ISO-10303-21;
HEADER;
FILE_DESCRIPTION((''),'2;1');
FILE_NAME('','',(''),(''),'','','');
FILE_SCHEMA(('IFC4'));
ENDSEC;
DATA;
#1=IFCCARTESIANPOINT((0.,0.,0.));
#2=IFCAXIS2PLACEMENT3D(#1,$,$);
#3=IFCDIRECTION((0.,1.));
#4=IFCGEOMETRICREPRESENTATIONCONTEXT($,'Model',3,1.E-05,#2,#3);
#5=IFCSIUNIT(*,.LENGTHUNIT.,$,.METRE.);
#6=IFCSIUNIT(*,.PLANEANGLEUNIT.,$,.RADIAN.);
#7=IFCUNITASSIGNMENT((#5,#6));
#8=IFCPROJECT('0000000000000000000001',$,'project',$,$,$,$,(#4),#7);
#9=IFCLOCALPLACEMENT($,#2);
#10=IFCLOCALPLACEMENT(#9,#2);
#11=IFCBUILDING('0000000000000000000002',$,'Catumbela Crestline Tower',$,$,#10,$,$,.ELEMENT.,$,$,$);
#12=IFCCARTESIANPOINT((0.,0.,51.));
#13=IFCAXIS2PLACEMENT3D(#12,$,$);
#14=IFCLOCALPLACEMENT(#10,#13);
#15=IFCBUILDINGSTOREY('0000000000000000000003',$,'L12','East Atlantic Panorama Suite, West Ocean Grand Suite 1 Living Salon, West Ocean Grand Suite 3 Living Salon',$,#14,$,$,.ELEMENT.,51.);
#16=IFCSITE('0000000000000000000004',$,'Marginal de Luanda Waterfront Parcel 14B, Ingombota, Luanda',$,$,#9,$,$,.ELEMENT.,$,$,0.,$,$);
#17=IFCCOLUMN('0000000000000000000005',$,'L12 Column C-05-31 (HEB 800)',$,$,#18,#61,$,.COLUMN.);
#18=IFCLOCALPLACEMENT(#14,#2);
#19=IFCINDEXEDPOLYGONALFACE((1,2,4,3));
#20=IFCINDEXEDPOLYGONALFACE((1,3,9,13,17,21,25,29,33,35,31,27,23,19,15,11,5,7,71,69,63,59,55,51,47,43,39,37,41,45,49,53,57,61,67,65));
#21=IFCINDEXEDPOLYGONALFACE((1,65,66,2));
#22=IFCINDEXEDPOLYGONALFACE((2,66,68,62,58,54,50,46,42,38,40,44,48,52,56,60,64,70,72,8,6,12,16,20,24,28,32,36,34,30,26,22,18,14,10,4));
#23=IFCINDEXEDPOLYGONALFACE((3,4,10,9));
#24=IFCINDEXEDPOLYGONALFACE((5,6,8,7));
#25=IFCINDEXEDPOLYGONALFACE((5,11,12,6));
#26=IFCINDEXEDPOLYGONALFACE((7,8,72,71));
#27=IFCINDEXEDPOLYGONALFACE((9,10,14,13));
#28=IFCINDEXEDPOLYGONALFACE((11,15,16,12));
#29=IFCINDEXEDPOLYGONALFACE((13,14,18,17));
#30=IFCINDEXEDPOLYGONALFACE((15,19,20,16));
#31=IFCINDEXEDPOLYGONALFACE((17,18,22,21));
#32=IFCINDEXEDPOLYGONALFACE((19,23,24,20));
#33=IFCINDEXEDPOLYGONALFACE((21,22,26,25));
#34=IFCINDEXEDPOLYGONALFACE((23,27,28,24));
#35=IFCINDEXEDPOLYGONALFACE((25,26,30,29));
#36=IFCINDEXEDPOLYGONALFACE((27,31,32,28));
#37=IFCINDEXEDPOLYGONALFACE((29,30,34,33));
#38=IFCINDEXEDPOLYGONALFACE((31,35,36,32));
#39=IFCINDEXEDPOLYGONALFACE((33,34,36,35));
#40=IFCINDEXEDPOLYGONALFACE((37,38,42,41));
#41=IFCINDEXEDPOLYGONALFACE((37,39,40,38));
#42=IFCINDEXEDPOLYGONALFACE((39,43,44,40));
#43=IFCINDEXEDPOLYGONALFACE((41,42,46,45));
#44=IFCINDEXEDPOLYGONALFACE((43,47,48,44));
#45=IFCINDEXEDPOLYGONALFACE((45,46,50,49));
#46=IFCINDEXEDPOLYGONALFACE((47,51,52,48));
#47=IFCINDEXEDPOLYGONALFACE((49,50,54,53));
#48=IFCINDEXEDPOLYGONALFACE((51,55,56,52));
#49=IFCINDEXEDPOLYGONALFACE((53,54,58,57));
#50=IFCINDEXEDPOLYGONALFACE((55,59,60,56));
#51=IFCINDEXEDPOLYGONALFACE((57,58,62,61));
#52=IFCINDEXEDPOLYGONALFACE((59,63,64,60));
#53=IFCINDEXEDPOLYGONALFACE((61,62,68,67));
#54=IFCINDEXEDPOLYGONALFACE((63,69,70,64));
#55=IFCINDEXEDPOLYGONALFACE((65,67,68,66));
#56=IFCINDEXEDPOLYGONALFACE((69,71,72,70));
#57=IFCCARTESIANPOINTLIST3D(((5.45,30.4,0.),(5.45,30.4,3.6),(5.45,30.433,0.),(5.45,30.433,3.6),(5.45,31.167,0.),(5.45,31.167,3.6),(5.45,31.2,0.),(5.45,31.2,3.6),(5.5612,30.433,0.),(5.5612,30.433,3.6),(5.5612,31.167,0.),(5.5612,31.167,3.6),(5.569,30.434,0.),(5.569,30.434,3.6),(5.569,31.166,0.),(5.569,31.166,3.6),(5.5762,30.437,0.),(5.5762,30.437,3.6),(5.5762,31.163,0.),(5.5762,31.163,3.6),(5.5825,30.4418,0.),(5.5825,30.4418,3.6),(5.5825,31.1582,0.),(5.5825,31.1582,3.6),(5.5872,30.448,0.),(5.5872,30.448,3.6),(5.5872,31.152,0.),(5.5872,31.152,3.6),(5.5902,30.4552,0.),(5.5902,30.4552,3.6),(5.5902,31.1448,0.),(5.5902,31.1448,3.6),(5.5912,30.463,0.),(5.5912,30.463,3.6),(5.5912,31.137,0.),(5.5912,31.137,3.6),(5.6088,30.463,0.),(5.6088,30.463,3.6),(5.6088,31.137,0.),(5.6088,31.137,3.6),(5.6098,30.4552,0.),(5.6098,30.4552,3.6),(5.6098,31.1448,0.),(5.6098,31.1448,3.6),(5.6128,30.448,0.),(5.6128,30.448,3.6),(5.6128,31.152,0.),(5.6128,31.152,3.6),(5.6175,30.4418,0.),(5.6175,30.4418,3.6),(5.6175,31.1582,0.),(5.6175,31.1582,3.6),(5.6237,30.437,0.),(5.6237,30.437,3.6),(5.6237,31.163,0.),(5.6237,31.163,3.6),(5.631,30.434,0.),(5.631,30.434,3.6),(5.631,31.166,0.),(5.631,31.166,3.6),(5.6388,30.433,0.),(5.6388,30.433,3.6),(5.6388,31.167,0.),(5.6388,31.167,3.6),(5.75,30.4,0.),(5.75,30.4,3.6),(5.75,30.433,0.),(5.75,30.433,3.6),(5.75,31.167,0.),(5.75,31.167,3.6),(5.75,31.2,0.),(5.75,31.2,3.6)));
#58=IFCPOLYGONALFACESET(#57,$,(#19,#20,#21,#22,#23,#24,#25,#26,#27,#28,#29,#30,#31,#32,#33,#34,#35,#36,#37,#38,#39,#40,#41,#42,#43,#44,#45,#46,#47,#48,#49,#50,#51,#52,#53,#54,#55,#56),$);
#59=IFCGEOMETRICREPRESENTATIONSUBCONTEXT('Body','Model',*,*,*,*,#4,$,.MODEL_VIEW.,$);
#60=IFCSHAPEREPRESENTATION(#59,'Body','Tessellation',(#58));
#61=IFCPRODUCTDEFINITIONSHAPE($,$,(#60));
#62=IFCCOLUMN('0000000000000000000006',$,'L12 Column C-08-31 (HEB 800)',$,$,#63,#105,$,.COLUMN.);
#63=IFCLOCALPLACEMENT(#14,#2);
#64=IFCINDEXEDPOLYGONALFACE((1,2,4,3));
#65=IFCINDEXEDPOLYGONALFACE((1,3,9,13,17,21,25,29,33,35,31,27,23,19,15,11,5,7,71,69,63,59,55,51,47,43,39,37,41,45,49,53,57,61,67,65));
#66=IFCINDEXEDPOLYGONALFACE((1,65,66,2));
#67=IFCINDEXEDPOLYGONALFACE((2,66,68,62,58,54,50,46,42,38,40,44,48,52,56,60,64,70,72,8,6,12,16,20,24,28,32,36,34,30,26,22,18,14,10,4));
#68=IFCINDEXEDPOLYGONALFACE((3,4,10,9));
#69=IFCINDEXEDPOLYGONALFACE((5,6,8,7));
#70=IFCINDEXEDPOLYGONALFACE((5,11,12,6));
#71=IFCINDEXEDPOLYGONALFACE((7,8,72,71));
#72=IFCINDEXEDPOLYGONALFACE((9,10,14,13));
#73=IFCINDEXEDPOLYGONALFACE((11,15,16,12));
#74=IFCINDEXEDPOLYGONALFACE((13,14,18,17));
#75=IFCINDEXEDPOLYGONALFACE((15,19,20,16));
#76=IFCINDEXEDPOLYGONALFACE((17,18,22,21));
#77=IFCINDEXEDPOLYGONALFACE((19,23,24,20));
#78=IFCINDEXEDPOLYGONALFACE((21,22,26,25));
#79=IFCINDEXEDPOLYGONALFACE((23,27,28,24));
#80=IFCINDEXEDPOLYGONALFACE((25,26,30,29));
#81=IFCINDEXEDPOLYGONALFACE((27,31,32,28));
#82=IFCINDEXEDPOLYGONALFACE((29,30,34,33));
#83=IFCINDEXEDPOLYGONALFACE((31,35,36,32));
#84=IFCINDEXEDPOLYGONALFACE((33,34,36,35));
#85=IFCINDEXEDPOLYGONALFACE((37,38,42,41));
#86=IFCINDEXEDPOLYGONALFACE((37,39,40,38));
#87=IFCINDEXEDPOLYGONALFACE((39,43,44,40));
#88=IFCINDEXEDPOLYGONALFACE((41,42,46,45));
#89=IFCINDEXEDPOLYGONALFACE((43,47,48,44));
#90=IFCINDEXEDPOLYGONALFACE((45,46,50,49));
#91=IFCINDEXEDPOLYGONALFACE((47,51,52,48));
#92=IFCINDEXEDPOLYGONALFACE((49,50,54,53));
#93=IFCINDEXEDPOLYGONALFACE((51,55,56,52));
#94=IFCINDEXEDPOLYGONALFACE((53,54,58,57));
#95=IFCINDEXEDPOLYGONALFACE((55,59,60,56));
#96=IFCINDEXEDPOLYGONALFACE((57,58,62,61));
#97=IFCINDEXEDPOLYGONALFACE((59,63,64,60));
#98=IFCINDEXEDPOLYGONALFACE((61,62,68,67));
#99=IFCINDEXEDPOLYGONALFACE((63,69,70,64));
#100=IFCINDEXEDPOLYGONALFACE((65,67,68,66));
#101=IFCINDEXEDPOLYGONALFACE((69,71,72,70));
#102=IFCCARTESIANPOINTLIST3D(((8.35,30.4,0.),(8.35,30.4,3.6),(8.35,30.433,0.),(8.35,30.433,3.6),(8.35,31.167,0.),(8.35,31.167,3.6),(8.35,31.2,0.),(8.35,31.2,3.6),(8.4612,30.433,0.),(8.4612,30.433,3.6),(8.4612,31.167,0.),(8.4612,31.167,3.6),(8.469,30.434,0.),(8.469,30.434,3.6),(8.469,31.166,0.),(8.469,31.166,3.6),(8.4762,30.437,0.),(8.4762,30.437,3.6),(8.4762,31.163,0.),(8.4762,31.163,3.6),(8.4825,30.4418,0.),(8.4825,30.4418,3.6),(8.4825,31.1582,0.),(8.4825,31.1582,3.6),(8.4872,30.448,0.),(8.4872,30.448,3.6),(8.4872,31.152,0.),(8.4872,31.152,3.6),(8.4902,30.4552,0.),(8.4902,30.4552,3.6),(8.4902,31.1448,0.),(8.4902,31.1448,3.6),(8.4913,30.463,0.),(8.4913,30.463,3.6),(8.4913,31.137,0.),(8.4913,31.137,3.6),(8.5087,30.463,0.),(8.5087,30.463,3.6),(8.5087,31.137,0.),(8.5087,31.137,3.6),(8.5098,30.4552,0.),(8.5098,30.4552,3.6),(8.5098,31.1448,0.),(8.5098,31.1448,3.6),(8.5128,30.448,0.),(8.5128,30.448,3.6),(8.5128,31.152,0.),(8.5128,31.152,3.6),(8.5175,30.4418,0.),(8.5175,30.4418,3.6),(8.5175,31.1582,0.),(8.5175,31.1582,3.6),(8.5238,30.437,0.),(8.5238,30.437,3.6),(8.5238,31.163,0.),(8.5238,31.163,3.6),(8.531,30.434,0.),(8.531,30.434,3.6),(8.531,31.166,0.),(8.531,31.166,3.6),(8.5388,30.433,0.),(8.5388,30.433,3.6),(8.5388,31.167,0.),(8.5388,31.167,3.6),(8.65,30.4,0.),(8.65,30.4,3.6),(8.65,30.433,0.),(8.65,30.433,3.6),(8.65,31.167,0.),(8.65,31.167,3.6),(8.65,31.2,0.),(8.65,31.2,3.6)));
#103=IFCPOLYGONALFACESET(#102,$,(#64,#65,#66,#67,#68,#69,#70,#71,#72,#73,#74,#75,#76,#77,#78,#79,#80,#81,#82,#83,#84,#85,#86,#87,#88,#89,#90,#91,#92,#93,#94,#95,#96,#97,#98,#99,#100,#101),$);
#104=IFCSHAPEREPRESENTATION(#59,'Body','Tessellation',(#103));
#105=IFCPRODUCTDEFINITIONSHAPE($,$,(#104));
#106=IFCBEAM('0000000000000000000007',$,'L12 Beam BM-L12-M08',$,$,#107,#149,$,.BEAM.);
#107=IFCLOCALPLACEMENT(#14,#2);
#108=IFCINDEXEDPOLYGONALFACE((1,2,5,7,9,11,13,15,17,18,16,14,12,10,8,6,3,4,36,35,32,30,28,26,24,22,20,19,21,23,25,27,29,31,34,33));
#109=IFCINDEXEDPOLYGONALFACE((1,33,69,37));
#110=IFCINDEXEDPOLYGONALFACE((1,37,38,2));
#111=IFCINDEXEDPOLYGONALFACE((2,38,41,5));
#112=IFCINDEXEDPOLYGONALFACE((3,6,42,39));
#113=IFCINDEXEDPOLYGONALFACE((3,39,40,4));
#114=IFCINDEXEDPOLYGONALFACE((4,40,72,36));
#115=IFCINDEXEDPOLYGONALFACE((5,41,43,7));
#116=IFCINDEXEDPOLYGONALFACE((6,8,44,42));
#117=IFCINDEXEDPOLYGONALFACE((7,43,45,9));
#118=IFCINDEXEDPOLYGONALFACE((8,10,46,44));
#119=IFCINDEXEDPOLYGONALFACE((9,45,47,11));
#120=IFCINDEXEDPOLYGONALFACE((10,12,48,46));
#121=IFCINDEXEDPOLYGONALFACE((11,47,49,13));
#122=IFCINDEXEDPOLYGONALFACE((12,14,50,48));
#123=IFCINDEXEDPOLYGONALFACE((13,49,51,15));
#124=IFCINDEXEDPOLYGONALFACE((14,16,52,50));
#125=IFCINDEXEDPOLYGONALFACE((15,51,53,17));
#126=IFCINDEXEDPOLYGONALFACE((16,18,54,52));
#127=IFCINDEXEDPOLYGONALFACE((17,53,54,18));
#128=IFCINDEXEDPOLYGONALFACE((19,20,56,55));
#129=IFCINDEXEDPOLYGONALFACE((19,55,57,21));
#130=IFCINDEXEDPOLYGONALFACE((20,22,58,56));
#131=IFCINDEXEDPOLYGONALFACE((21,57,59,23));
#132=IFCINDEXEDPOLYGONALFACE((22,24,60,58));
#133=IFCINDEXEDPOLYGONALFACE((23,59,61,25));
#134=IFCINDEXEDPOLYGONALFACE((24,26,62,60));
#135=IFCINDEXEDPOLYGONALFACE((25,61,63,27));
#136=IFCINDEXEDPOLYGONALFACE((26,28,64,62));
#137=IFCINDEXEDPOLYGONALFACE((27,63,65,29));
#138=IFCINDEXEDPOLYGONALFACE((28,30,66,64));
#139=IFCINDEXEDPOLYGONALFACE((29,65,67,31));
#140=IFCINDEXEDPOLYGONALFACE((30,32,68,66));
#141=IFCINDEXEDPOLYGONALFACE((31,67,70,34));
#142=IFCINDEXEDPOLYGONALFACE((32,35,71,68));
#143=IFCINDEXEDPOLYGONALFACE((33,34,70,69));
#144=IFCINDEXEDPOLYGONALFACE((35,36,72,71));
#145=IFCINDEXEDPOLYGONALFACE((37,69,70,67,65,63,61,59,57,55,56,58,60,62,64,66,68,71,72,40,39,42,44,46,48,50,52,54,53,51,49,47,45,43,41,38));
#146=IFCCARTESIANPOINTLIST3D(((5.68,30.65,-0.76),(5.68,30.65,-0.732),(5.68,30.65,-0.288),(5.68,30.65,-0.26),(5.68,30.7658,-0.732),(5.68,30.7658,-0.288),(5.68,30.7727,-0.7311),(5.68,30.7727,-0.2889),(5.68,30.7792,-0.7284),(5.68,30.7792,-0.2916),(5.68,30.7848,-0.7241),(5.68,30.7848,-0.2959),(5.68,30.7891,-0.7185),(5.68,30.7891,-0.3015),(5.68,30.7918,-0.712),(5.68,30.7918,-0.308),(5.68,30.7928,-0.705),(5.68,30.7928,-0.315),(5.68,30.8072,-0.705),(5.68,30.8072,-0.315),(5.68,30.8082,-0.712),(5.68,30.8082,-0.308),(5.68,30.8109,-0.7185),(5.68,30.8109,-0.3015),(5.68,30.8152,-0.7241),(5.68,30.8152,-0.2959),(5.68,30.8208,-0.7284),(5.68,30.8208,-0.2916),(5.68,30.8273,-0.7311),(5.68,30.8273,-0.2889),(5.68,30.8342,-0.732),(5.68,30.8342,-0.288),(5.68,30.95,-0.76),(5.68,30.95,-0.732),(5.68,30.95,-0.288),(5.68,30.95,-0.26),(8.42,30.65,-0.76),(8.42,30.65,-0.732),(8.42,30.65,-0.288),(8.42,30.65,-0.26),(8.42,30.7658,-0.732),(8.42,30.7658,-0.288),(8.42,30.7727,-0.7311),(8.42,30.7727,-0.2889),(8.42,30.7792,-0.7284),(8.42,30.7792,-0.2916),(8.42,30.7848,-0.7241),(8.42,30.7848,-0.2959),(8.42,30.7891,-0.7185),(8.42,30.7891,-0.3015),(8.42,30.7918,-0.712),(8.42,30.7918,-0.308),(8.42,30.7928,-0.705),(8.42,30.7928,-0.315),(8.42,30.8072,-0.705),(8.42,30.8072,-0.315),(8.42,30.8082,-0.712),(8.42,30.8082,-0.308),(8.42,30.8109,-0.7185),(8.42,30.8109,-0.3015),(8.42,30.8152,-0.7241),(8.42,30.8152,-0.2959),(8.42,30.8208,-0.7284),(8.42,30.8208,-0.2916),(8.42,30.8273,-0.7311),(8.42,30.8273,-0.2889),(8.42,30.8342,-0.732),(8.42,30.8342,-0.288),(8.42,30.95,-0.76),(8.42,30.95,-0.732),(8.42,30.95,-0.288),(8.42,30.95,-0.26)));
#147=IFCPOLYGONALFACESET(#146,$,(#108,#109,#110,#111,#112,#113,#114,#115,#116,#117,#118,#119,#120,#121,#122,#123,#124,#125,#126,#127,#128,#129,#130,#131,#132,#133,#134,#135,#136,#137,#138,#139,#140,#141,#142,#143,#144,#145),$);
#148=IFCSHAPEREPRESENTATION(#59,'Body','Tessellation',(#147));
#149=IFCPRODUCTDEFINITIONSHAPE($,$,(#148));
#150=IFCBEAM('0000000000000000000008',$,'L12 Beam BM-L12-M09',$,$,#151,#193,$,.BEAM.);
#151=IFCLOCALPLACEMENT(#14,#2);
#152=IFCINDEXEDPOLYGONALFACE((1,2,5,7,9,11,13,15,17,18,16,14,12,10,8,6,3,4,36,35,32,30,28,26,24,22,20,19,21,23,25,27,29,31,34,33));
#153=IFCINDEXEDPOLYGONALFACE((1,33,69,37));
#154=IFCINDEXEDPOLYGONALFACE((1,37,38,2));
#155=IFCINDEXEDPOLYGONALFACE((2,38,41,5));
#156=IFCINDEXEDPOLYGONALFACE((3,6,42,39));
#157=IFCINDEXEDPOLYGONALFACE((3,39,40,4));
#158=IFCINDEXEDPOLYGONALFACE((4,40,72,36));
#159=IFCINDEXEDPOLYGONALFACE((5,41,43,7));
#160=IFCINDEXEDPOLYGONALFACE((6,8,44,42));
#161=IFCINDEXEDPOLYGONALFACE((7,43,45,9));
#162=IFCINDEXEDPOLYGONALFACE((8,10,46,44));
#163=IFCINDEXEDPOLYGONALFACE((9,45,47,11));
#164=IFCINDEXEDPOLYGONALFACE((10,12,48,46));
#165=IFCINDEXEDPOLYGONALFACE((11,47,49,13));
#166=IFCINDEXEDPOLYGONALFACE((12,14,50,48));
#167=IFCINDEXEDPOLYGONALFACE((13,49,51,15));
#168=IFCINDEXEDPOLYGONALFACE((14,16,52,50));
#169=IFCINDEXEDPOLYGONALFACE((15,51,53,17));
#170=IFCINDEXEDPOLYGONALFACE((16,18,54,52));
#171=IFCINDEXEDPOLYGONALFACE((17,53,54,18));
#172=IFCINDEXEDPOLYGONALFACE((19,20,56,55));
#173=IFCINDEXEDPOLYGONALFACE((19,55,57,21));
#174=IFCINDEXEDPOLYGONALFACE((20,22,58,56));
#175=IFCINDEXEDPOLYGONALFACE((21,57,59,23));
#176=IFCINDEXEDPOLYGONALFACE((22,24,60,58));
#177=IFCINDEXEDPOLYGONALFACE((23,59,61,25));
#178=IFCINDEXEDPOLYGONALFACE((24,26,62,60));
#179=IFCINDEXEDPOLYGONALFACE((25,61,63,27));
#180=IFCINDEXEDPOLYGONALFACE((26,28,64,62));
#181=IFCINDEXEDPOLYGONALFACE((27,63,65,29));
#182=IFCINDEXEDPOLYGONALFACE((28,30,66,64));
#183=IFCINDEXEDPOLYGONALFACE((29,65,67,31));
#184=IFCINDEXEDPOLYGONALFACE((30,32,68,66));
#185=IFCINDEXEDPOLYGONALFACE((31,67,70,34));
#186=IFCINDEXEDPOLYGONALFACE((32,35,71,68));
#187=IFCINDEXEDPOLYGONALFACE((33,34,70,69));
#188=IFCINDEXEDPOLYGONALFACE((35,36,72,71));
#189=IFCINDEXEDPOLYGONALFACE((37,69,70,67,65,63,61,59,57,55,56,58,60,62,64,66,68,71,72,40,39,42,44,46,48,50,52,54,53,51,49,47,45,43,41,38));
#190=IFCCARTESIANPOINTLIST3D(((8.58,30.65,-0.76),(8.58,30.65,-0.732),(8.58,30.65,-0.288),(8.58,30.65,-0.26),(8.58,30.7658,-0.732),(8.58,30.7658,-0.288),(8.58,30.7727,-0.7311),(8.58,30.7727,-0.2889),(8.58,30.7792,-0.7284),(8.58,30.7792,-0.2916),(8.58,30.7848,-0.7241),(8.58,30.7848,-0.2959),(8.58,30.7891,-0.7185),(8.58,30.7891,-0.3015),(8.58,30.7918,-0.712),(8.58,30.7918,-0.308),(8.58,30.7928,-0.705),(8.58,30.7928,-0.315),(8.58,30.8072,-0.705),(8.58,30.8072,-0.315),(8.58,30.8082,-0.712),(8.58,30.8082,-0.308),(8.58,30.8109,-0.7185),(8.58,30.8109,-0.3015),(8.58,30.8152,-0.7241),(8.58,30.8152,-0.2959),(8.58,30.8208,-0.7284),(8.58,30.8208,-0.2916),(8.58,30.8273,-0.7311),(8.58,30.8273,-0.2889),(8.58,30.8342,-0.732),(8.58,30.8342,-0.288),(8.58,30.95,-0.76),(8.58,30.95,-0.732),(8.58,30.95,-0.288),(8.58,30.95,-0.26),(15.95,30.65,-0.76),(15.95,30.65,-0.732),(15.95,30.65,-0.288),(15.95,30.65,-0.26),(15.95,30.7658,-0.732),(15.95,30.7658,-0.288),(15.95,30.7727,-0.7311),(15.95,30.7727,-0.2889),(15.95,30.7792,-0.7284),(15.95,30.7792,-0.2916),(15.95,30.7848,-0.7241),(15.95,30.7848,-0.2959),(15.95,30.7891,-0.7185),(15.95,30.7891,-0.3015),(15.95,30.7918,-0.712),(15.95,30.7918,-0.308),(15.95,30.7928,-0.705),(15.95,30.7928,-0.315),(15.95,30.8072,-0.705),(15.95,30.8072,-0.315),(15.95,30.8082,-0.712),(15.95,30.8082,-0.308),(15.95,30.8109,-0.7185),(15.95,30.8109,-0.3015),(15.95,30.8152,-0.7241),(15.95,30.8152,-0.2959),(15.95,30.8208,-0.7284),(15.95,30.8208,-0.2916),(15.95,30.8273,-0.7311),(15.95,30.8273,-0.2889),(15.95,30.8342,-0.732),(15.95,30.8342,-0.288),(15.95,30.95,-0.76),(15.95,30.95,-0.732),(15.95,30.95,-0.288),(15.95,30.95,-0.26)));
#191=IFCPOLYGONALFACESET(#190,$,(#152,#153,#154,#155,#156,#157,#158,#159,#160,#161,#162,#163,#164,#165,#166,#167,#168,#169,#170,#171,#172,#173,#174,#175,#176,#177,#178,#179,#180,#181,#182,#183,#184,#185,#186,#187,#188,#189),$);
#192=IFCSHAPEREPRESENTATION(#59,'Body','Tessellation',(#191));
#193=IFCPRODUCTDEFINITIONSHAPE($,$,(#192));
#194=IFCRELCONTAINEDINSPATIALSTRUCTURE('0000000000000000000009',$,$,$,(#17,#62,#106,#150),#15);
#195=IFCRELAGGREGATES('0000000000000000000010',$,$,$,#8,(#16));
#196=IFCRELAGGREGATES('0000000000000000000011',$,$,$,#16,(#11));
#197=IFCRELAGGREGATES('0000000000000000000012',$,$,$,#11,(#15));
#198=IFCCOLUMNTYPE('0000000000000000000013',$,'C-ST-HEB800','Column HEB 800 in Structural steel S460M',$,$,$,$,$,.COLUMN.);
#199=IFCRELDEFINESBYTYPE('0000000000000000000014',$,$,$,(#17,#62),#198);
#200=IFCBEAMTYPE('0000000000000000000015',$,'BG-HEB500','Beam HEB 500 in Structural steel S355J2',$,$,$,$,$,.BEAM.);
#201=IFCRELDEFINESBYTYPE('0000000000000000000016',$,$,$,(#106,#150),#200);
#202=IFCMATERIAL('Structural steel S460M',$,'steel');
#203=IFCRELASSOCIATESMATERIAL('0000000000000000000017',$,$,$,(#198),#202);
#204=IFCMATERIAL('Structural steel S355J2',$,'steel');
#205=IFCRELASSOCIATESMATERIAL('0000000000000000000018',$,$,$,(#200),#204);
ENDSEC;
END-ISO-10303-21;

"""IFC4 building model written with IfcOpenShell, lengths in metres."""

from ifc_helpers import new_model, si_unit, direction, frame, origin, origin_2d, place, context, subcontext, project, spatial, i_section, extrude, material, material_profile, profile_set, type_object, element, save


model = new_model("IFC4")

# Units and contexts
model_context = context("Model", 3, precision=1e-05, world=origin(), true_north=direction((0.0, 1.0)))
body_context = subcontext(model_context, "Body", "Model", "MODEL_VIEW")
ifc_project = project(units=[si_unit("LENGTHUNIT", "METRE"), si_unit("PLANEANGLEUNIT", "RADIAN")], contexts=[model_context])

# Site, building, storey
site_placement = place(None, origin())
site = spatial("IfcSite", under=ifc_project, at=site_placement, Name="Marginal de Luanda Waterfront Parcel 14B, Ingombota, Luanda", CompositionType="ELEMENT", RefElevation=0.0)
building_placement = place(site_placement, origin())
building = spatial("IfcBuilding", under=site, at=building_placement, Name="Catumbela Crestline Tower", CompositionType="ELEMENT")
storey_placement = place(building_placement, frame((0.0, 0.0, 51.0)))
storey = spatial("IfcBuildingStorey", under=building, at=storey_placement, Name="L12", Description="East Atlantic Panorama Suite, West Ocean Grand Suite 1 Living Salon, West Ocean Grand Suite 3 Living Salon", CompositionType="ELEMENT", Elevation=51.0)

# Columns
ifc_material_1 = material(Name="Structural steel S460M", Category="steel")
ifc_material_profile_1 = material_profile(ifc_material_1, i_section(OverallWidth=0.3, OverallDepth=0.8, WebThickness=0.0175, FlangeThickness=0.033, FilletRadius=0.03, at=origin_2d()), Name="HEB 800")
ifc_profile_set_1 = profile_set([ifc_material_profile_1], Name="Structural steel S460M")
column_type = type_object("IfcColumnType", Name="C-ST-HEB800", Description="Column HEB 800 in Structural steel S460M", PredefinedType="COLUMN", material=ifc_profile_set_1)
for number, where, z_axis, x_axis, name in (
    (1, (5.6, 30.8, 0.0), (0.0, 0.0, 1.0), (1.0, 0.0, 0.0), "L12 Column C-05-31 (HEB 800)"),
    (2, (8.5, 30.8, 0.0), (0.0, 0.0, 1.0), (1.0, 0.0, 0.0), "L12 Column C-08-31 (HEB 800)"),
):
    element("IfcColumn", number, at=place(storey_placement, frame(where, z_axis=z_axis, x_axis=x_axis)), inside=storey, type_object=column_type, Name=name, PredefinedType="COLUMN", context=body_context, shape_type="SweptSolid", body=[
        extrude(i_section(OverallWidth=0.3, OverallDepth=0.8, WebThickness=0.0175, FlangeThickness=0.033, FilletRadius=0.03, at=origin_2d()), origin(), (0.0, 0.0, 1.0), 3.6),
    ])

# Beams
ifc_material_2 = material(Name="Structural steel S355J2", Category="steel")
ifc_material_profile_2 = material_profile(ifc_material_2, i_section(OverallWidth=0.3, OverallDepth=0.5, WebThickness=0.0145, FlangeThickness=0.028, FilletRadius=0.027, at=origin_2d()), Name="HEB 500")
ifc_profile_set_2 = profile_set([ifc_material_profile_2], Name="Structural steel S355J2")
beam_type = type_object("IfcBeamType", Name="BG-HEB500", Description="Beam HEB 500 in Structural steel S355J2", PredefinedType="BEAM", material=ifc_profile_set_2)
beam_1_placement = place(storey_placement, frame((5.68, 30.8, -0.51), z_axis=(1.0, 0.0, 0.0), x_axis=(0.0, 1.0, 0.0)))
element("IfcBeam", 3, at=beam_1_placement, inside=storey, type_object=beam_type, Name="L12 Beam BM-L12-M08", PredefinedType="BEAM", context=body_context, shape_type="SweptSolid", body=[
    extrude(i_section(OverallWidth=0.3, OverallDepth=0.5, WebThickness=0.0145, FlangeThickness=0.028, FilletRadius=0.027, at=origin_2d()), origin(), (0.0, 0.0, 1.0), 2.74),
])
beam_2_placement = place(storey_placement, frame((8.58, 30.8, -0.51), z_axis=(1.0, 0.0, 0.0), x_axis=(0.0, 1.0, 0.0)))
element("IfcBeam", 4, at=beam_2_placement, inside=storey, type_object=beam_type, Name="L12 Beam BM-L12-M09", PredefinedType="BEAM", context=body_context, shape_type="SweptSolid", body=[
    extrude(i_section(OverallWidth=0.3, OverallDepth=0.5, WebThickness=0.0145, FlangeThickness=0.028, FilletRadius=0.027, at=origin_2d()), origin(), (0.0, 0.0, 1.0), 7.37),
])

save(model, "model.ifc")
